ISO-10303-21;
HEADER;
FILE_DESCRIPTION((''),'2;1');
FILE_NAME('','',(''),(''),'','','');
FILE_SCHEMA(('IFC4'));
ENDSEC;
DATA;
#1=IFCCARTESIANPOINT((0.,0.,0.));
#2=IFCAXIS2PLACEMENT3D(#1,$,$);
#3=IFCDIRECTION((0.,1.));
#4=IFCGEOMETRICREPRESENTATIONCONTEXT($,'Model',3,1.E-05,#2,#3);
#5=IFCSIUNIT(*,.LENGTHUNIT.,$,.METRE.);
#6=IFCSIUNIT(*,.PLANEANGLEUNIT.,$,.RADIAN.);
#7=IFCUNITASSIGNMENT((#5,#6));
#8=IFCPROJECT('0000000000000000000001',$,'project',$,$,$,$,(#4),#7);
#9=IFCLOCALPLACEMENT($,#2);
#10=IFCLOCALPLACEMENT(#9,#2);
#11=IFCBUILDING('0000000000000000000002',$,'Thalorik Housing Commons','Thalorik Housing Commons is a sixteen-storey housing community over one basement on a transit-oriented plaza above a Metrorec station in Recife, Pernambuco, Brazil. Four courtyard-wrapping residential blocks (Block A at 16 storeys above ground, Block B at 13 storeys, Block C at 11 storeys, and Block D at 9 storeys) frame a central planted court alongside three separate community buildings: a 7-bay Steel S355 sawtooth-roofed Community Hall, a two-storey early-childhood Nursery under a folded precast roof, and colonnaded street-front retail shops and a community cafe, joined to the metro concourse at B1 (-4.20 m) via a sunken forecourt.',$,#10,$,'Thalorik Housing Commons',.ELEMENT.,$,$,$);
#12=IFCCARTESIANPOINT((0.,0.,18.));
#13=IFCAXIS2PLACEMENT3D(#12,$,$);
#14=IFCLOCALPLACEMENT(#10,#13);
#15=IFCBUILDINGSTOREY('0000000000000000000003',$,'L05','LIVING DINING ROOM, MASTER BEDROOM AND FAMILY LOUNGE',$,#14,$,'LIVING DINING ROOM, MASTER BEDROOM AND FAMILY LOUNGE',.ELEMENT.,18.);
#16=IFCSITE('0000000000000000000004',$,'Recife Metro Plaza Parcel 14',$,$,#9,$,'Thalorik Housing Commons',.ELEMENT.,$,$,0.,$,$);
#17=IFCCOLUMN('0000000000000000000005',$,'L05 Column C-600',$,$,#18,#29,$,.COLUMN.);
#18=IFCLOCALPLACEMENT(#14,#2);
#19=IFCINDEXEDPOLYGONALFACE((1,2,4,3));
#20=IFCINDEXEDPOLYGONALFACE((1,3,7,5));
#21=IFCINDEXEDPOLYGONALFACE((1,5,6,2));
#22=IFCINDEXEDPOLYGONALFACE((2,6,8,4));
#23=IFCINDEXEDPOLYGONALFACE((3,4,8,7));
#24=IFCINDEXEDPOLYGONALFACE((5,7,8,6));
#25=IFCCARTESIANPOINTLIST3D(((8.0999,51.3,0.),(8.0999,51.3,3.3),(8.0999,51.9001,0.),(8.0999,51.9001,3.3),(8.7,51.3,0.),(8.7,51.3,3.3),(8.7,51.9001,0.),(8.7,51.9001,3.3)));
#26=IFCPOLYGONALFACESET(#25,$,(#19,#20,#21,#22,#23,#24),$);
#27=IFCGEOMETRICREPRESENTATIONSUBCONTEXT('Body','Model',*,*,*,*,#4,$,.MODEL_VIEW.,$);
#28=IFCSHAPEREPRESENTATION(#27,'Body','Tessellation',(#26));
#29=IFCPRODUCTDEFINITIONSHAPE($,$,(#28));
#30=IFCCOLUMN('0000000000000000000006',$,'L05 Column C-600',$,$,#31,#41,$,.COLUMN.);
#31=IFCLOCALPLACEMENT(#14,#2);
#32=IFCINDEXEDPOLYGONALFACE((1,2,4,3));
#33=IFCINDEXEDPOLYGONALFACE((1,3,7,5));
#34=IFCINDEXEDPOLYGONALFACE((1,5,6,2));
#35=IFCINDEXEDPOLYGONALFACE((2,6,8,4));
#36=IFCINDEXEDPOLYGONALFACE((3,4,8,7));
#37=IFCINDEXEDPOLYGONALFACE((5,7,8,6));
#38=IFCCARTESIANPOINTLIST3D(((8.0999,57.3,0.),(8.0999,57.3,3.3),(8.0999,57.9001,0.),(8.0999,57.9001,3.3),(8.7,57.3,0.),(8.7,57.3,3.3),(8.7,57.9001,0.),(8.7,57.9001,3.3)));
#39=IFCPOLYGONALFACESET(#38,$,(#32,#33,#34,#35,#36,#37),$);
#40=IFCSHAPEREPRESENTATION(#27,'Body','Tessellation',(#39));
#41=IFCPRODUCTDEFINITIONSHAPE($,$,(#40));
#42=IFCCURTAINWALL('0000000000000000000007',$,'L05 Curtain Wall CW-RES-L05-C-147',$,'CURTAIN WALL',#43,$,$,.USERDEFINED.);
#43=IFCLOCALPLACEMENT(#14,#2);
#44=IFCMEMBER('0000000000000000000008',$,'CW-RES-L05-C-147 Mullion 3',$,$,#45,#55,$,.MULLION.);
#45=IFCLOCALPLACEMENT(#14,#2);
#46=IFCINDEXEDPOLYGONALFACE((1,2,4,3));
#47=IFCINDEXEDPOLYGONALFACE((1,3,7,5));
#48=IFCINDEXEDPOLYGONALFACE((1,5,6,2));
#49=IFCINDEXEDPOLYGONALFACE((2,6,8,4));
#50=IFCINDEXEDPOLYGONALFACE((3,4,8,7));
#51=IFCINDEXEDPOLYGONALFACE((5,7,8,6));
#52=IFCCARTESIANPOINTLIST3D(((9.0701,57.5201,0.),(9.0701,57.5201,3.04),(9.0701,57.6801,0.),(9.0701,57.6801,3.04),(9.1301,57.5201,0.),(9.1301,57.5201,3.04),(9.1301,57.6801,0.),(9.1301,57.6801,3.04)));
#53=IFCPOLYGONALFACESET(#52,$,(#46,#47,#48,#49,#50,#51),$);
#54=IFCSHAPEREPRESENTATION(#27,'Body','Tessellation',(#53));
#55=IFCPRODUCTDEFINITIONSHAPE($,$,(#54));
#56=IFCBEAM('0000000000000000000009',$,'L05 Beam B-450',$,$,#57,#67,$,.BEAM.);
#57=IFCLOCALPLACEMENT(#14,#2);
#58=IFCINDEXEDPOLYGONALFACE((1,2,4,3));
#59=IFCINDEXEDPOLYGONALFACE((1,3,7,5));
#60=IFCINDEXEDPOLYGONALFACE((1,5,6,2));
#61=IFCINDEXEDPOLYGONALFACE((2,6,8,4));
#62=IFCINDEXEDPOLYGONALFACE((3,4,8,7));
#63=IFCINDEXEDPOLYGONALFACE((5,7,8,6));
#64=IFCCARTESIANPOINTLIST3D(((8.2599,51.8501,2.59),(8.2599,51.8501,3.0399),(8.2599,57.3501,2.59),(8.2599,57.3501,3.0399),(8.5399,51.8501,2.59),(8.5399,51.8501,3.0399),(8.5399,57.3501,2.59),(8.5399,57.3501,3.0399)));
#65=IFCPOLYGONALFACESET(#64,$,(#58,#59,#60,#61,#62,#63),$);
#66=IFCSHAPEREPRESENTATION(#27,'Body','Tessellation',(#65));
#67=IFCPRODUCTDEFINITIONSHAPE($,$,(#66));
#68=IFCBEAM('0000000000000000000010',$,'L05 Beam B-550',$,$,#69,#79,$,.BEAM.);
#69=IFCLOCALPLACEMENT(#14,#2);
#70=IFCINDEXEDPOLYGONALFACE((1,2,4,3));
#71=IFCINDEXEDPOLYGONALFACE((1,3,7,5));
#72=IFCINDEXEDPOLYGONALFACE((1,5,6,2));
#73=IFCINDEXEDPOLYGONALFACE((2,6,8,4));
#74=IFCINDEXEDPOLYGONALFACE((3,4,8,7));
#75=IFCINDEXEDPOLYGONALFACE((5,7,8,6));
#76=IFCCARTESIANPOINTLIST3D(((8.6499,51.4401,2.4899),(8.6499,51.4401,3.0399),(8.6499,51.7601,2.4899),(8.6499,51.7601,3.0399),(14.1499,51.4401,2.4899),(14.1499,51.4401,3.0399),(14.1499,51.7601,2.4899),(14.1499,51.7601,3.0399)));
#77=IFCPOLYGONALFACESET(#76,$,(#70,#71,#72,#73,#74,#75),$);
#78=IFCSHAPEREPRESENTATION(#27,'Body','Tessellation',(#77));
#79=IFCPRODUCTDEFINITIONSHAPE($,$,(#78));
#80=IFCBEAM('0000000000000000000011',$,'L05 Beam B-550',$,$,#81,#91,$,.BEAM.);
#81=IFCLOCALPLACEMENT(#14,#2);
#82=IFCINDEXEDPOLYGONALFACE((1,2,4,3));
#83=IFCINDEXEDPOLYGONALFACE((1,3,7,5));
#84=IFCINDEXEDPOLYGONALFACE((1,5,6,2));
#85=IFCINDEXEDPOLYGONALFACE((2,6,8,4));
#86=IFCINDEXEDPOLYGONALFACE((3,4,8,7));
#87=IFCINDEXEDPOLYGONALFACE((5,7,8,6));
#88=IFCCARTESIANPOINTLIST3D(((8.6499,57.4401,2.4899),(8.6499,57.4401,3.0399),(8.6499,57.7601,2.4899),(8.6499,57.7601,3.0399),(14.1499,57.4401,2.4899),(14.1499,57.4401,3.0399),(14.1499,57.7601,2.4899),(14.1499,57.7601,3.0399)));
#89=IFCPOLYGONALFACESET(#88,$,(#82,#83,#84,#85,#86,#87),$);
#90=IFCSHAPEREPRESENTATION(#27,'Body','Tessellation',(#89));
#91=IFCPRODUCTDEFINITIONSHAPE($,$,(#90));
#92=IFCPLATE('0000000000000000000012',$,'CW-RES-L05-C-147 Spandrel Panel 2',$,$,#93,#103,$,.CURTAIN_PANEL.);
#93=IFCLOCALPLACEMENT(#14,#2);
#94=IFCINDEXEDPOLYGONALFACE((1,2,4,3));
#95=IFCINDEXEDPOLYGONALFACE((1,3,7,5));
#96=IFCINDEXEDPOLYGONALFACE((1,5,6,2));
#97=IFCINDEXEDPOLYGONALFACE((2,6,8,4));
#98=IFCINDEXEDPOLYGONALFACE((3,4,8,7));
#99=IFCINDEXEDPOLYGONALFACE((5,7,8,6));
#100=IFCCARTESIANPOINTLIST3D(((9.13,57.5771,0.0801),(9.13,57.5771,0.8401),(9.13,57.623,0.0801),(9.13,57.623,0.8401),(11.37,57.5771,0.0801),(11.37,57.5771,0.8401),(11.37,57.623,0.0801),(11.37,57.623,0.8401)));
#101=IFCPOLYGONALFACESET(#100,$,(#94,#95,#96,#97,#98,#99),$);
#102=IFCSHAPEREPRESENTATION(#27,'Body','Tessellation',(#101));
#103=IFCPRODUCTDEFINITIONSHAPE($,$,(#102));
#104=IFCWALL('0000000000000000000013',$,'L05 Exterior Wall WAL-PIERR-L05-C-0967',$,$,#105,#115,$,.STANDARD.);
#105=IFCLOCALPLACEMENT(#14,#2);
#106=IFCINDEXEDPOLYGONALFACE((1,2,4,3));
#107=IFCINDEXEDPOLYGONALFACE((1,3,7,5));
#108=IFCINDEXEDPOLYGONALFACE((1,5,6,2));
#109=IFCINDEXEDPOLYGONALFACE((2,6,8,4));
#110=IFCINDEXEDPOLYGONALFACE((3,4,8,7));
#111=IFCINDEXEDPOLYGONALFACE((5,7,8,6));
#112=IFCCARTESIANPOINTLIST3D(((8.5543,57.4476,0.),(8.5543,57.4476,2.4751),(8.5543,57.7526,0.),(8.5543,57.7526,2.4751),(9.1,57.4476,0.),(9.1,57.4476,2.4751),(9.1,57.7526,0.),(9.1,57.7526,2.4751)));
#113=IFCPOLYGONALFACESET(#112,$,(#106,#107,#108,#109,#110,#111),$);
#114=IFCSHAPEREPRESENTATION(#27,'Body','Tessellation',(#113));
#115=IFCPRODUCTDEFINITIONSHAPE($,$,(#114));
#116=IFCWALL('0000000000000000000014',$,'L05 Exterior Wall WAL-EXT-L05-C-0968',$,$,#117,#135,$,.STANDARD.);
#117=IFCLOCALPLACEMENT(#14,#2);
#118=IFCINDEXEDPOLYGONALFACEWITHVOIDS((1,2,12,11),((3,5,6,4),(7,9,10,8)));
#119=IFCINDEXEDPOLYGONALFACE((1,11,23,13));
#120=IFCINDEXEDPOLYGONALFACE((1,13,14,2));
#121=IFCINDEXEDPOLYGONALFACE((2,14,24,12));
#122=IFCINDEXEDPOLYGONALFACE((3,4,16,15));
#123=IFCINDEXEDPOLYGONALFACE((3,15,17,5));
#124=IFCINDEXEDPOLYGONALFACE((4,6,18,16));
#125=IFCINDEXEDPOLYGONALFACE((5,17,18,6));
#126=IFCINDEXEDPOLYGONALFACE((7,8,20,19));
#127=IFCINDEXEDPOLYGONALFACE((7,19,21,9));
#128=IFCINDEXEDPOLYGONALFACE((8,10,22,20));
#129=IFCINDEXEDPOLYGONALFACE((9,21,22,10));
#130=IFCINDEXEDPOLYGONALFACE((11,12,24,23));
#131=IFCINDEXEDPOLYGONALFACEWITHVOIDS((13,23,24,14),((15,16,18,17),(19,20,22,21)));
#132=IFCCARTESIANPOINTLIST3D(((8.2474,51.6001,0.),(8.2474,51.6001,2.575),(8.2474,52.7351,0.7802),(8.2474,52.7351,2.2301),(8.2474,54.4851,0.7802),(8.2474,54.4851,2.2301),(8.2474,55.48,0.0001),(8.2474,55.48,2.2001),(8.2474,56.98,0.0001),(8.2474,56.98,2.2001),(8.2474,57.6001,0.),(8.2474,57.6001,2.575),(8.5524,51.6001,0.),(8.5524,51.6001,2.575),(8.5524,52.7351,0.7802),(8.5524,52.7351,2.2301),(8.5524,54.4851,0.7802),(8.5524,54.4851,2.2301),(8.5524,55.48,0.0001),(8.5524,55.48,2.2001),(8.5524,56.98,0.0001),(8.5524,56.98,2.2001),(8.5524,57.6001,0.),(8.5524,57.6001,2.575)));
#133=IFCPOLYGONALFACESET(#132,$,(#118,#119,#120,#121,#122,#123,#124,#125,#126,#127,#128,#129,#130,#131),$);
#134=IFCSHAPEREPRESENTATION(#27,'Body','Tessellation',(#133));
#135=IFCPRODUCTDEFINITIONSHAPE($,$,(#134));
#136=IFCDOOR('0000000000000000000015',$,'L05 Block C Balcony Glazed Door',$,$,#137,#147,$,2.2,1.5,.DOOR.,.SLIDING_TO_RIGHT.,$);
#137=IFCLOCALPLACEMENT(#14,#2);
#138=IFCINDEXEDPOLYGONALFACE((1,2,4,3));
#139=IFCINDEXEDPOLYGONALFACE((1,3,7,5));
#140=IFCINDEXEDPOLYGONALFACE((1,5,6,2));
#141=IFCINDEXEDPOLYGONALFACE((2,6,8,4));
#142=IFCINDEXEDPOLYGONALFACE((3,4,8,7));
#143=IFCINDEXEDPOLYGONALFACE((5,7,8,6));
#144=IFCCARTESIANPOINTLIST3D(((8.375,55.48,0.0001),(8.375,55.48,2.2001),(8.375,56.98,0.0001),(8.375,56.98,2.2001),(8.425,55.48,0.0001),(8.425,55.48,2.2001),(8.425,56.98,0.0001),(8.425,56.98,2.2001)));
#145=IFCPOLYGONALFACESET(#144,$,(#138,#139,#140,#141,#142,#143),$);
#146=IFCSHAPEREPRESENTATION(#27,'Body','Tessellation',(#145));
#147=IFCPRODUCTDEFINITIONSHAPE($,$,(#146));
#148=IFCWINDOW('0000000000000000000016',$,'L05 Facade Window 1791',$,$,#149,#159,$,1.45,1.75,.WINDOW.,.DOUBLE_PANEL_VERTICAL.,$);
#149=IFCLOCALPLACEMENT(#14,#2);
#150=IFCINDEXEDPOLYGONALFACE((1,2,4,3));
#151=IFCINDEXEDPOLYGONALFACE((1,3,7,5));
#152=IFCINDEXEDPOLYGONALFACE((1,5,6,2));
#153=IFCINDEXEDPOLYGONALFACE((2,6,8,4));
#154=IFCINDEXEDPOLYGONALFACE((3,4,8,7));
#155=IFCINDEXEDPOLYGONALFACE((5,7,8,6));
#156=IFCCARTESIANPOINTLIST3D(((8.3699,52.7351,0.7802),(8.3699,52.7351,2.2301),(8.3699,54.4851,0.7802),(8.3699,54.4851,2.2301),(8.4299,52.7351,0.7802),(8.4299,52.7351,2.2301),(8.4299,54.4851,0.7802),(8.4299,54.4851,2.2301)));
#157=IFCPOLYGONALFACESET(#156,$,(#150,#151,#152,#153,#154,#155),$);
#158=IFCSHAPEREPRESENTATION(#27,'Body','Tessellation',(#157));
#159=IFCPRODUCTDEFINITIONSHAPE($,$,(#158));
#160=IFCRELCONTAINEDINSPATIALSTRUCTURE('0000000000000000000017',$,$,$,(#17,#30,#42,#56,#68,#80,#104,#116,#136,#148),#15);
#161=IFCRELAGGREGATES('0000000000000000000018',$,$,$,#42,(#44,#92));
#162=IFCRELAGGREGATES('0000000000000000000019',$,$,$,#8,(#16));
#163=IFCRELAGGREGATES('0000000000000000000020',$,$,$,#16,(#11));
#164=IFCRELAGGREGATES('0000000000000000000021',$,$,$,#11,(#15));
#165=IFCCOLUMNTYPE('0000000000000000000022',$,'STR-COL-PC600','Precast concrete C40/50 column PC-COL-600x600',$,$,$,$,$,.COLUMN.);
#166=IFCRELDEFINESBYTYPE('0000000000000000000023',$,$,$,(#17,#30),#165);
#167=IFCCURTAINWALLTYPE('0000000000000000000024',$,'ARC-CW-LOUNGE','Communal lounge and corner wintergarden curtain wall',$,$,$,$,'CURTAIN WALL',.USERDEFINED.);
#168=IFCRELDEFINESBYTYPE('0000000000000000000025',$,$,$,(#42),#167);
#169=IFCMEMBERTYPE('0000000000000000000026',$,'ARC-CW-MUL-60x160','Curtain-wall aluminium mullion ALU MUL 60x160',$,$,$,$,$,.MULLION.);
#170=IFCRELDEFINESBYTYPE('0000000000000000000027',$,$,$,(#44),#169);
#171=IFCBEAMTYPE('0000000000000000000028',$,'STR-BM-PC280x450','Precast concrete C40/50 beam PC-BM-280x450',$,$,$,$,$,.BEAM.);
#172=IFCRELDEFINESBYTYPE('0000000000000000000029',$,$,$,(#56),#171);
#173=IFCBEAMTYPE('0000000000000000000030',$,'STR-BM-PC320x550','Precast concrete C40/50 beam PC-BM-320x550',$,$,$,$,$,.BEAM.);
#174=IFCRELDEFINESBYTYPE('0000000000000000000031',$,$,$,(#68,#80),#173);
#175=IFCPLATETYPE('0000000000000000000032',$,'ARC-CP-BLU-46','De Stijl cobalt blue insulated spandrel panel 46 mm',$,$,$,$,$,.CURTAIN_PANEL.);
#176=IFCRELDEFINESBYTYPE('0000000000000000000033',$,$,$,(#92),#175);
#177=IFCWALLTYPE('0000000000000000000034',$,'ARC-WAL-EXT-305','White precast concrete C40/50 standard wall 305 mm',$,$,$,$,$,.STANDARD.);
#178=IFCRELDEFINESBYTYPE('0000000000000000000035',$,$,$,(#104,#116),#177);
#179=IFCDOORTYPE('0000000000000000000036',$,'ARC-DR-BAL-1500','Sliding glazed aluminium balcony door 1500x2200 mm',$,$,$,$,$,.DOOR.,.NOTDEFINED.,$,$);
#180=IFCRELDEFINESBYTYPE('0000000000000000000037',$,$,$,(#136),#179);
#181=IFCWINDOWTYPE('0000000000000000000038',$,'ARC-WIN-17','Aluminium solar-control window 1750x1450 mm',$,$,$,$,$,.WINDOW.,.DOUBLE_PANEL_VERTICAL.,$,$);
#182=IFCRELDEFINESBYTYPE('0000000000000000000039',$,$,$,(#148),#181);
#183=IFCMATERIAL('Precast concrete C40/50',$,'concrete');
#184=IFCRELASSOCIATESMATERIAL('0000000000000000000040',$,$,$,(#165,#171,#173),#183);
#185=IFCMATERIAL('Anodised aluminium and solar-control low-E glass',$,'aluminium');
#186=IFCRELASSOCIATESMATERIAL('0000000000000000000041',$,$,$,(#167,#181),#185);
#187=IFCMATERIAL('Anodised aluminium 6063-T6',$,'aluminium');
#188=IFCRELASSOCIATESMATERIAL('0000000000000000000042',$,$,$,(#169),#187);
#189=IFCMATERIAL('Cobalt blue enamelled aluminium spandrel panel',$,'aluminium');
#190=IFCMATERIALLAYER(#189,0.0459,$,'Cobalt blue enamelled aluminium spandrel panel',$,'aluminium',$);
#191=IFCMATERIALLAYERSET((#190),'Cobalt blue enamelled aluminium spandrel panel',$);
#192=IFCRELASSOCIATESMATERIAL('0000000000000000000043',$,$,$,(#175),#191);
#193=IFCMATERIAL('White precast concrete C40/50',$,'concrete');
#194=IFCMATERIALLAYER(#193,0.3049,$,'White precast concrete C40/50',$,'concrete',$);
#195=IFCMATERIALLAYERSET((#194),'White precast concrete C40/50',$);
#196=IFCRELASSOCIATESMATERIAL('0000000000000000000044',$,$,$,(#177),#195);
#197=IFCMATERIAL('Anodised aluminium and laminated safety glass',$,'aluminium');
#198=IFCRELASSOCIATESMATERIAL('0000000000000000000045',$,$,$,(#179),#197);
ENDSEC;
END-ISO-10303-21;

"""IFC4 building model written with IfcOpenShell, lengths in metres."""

from ifc_helpers import new_model, si_unit, direction, frame, frame_2d, origin, origin_2d, place, context, subcontext, project, spatial, rectangle, extrude, material, layer, layer_set, material_profile, profile_set, type_object, element, fill, aggregate, save


model = new_model("IFC4")

# Units and contexts
model_context = context("Model", 3, precision=1e-05, world=origin(), true_north=direction((0.0, 1.0)))
body_context = subcontext(model_context, "Body", "Model", "MODEL_VIEW")
ifc_project = project(units=[si_unit("LENGTHUNIT", "METRE"), si_unit("PLANEANGLEUNIT", "RADIAN")], contexts=[model_context])

# Site, building, storey
site_placement = place(None, origin())
site = spatial("IfcSite", under=ifc_project, at=site_placement, Name="Recife Metro Plaza Parcel 14", LongName="Thalorik Housing Commons", CompositionType="ELEMENT", RefElevation=0.0)
building_placement = place(site_placement, origin())
building = spatial("IfcBuilding", under=site, at=building_placement, Name="Thalorik Housing Commons", Description="Thalorik Housing Commons is a sixteen-storey housing community over one basement on a transit-oriented plaza above a Metrorec station in Recife, Pernambuco, Brazil. Four courtyard-wrapping residential blocks (Block A at 16 storeys above ground, Block B at 13 storeys, Block C at 11 storeys, and Block D at 9 storeys) frame a central planted court alongside three separate community buildings: a 7-bay Steel S355 sawtooth-roofed Community Hall, a two-storey early-childhood Nursery under a folded precast roof, and colonnaded street-front retail shops and a community cafe, joined to the metro concourse at B1 (-4.20 m) via a sunken forecourt.", LongName="Thalorik Housing Commons", CompositionType="ELEMENT")
storey_placement = place(building_placement, frame((0.0, 0.0, 18.0)))
storey = spatial("IfcBuildingStorey", under=building, at=storey_placement, Name="L05", Description="LIVING DINING ROOM, MASTER BEDROOM AND FAMILY LOUNGE", LongName="LIVING DINING ROOM, MASTER BEDROOM AND FAMILY LOUNGE", CompositionType="ELEMENT", Elevation=18.0)

# Columns
ifc_material_1 = material(Name="Precast concrete C40/50", Category="concrete")
ifc_material_profile_1 = material_profile(ifc_material_1, rectangle(XDim=0.6001, YDim=0.6001, at=origin_2d()), Name="PC 600x600", Category="concrete")
ifc_profile_set_1 = profile_set([ifc_material_profile_1], Name="Precast concrete C40/50")
column_type = type_object("IfcColumnType", Name="STR-COL-PC600", Description="Precast concrete C40/50 column PC-COL-600x600", PredefinedType="COLUMN", material=ifc_profile_set_1)
for number, where, z_axis, x_axis, name in (
    (1, (8.3999, 51.6001, 0.0), (0.0, 0.0, 1.0), (1.0, 0.0, 0.0), "L05 Column C-600"),
    (2, (8.3999, 57.6001, 0.0), (0.0, 0.0, 1.0), (1.0, 0.0, 0.0), "L05 Column C-600"),
):
    element("IfcColumn", number, at=place(storey_placement, frame(where, z_axis=z_axis, x_axis=x_axis)), inside=storey, type_object=column_type, Name=name, PredefinedType="COLUMN", context=body_context, shape_type="SweptSolid", body=[
        extrude(rectangle(XDim=0.6001, YDim=0.6001, at=origin_2d()), origin(), (0.0, 0.0, 1.0), 3.3),
    ])

# Curtain wall, member
ifc_material_2 = material(Name="Anodised aluminium and solar-control low-E glass", Category="aluminium")
curtain_wall_type = type_object("IfcCurtainWallType", Name="ARC-CW-LOUNGE", Description="Communal lounge and corner wintergarden curtain wall", ElementType="CURTAIN WALL", PredefinedType="USERDEFINED", material=ifc_material_2)
curtain_wall_placement = place(storey_placement, origin())
curtain_wall = element("IfcCurtainWall", 3, at=curtain_wall_placement, inside=storey, type_object=curtain_wall_type, Name="L05 Curtain Wall CW-RES-L05-C-147", ObjectType="CURTAIN WALL", PredefinedType="USERDEFINED")
ifc_material_3 = material(Name="Anodised aluminium 6063-T6", Category="aluminium")
ifc_material_profile_2 = material_profile(ifc_material_3, rectangle(XDim=0.0601, YDim=0.1599, at=origin_2d()), Name="ALU MUL 60x160", Category="aluminium")
ifc_profile_set_2 = profile_set([ifc_material_profile_2], Name="Anodised aluminium 6063-T6")
member_type = type_object("IfcMemberType", Name="ARC-CW-MUL-60x160", Description="Curtain-wall aluminium mullion ALU MUL 60x160", PredefinedType="MULLION", material=ifc_profile_set_2)
member_placement = place(storey_placement, frame((9.1001, 57.6001, 0.0), z_axis=(0.0, 0.0, 1.0), x_axis=(-1.0, 0.0, 0.0)))
member = element("IfcMember", 4, at=member_placement, type_object=member_type, Name="CW-RES-L05-C-147 Mullion 3", PredefinedType="MULLION", context=body_context, shape_type="SweptSolid", body=[
    extrude(rectangle(XDim=0.0601, YDim=0.1599, at=origin_2d()), origin(), (0.0, 0.0, 1.0), 3.04),
])

# Beams
ifc_material_profile_3 = material_profile(ifc_material_1, rectangle(XDim=0.28, YDim=0.45, at=origin_2d()), Name="PC 280x450", Category="concrete")
ifc_profile_set_3 = profile_set([ifc_material_profile_3], Name="Precast concrete C40/50")
beam_type_1 = type_object("IfcBeamType", Name="STR-BM-PC280x450", Description="Precast concrete C40/50 beam PC-BM-280x450", PredefinedType="BEAM", material=ifc_profile_set_3)
beam_placement = place(storey_placement, frame((8.3999, 51.8501, 2.8149), z_axis=(0.0, 1.0, 0.0), x_axis=(-1.0, 0.0, 0.0)))
element("IfcBeam", 5, at=beam_placement, inside=storey, type_object=beam_type_1, Name="L05 Beam B-450", PredefinedType="BEAM", context=body_context, shape_type="SweptSolid", body=[
    extrude(rectangle(XDim=0.28, YDim=0.45, at=origin_2d()), origin(), (0.0, 0.0, 1.0), 5.5),
])
ifc_material_profile_4 = material_profile(ifc_material_1, rectangle(XDim=0.3201, YDim=0.55, at=origin_2d()), Name="PC 320x550", Category="concrete")
ifc_profile_set_4 = profile_set([ifc_material_profile_4], Name="Precast concrete C40/50")
beam_type_2 = type_object("IfcBeamType", Name="STR-BM-PC320x550", Description="Precast concrete C40/50 beam PC-BM-320x550", PredefinedType="BEAM", material=ifc_profile_set_4)
for number, where, z_axis, x_axis, name in (
    (6, (8.6499, 51.6001, 2.7649), (1.0, 0.0, 0.0), (0.0, 1.0, 0.0), "L05 Beam B-550"),
    (7, (8.6499, 57.6001, 2.7649), (1.0, 0.0, 0.0), (0.0, 1.0, 0.0), "L05 Beam B-550"),
):
    element("IfcBeam", number, at=place(storey_placement, frame(where, z_axis=z_axis, x_axis=x_axis)), inside=storey, type_object=beam_type_2, Name=name, PredefinedType="BEAM", context=body_context, shape_type="SweptSolid", body=[
        extrude(rectangle(XDim=0.3201, YDim=0.55, at=origin_2d()), origin(), (0.0, 0.0, 1.0), 5.5),
    ])

# Plate
ifc_material_4 = material(Name="Cobalt blue enamelled aluminium spandrel panel", Category="aluminium")
ifc_layer_1 = layer(ifc_material_4, 0.0459, Name="Cobalt blue enamelled aluminium spandrel panel", Category="aluminium")
ifc_layer_set_1 = layer_set([ifc_layer_1], Name="Cobalt blue enamelled aluminium spandrel panel")
plate_type = type_object("IfcPlateType", Name="ARC-CP-BLU-46", Description="De Stijl cobalt blue insulated spandrel panel 46 mm", PredefinedType="CURTAIN_PANEL", material=ifc_layer_set_1)
plate_placement = place(storey_placement, frame((10.25, 57.6001, 0.0801), z_axis=(0.0, 0.0, 1.0), x_axis=(-1.0, 0.0, 0.0)))
plate = element("IfcPlate", 8, at=plate_placement, type_object=plate_type, Name="CW-RES-L05-C-147 Spandrel Panel 2", PredefinedType="CURTAIN_PANEL", context=body_context, shape_type="SweptSolid", body=[
    extrude(rectangle(XDim=2.24, YDim=0.0459, at=origin_2d()), origin(), (0.0, 0.0, 1.0), 0.76),
])
aggregate(curtain_wall, [member, plate])

# Wall
ifc_material_5 = material(Name="White precast concrete C40/50", Category="concrete")
ifc_layer_2 = layer(ifc_material_5, 0.3049, Name="White precast concrete C40/50", Category="concrete")
ifc_layer_set_2 = layer_set([ifc_layer_2], Name="White precast concrete C40/50")
wall_type = type_object("IfcWallType", Name="ARC-WAL-EXT-305", Description="White precast concrete C40/50 standard wall 305 mm", PredefinedType="STANDARD", material=ifc_layer_set_2)
wall_1_placement = place(storey_placement, frame((9.1001, 57.6001, 0.0), z_axis=(0.0, 0.0, 1.0), x_axis=(-1.0, 0.0, 0.0)))
element("IfcWall", 9, at=wall_1_placement, inside=storey, type_object=wall_type, Name="L05 Exterior Wall WAL-PIERR-L05-C-0967", PredefinedType="STANDARD", context=body_context, shape_type="SweptSolid", body=[
    extrude(rectangle(XDim=0.5457, YDim=0.3049, at=frame_2d((0.2729, 0.0))), origin(), (0.0, 0.0, 1.0), 2.4751),
])

# Wall, openings, door, window
wall_2_placement = place(storey_placement, frame((8.3999, 57.6001, 0.0), z_axis=(0.0, 0.0, 1.0), x_axis=(0.0, -1.0, 0.0)))
wall_2 = element("IfcWall", 10, at=wall_2_placement, inside=storey, type_object=wall_type, Name="L05 Exterior Wall WAL-EXT-L05-C-0968", PredefinedType="STANDARD", context=body_context, shape_type="SweptSolid", body=[
    extrude(rectangle(XDim=6.0, YDim=0.3049, at=frame_2d((3.0, 0.0))), origin(), (0.0, 0.0, 1.0), 2.575),
])
opening_1_placement = place(wall_2_placement, frame((0.6201, 0.0, 0.0)))
opening_1 = element("IfcOpeningElement", 11, at=opening_1_placement, cuts=wall_2, PredefinedType="OPENING", context=body_context, shape_type="SweptSolid", body=[
    extrude(rectangle(XDim=1.5, YDim=2.2, at=frame_2d((0.75, 1.1001))), frame((0.0, 0.1626, 0.0), z_axis=(0.0, -1.0, 0.0), x_axis=(1.0, 0.0, 0.0)), (0.0, 0.0, 1.0), 0.325),
])
opening_2_placement = place(wall_2_placement, frame((3.115, 0.0, 0.78)))
opening_2 = element("IfcOpeningElement", 12, at=opening_2_placement, cuts=wall_2, PredefinedType="OPENING", context=body_context, shape_type="SweptSolid", body=[
    extrude(rectangle(XDim=1.75, YDim=1.45, at=frame_2d((0.875, 0.7251))), frame((0.0, 0.1626, 0.0), z_axis=(0.0, -1.0, 0.0), x_axis=(1.0, 0.0, 0.0)), (0.0, 0.0, 1.0), 0.325),
])
ifc_material_6 = material(Name="Anodised aluminium and laminated safety glass", Category="aluminium")
door_type_1 = type_object("IfcDoorType", Name="ARC-DR-BAL-1500", Description="Sliding glazed aluminium balcony door 1500x2200 mm", OperationType="NOTDEFINED", PredefinedType="DOOR", material=ifc_material_6)
door_1_placement = place(opening_1_placement, frame((1.5, 0.0, 0.0), z_axis=(0.0, 0.0, 1.0), x_axis=(-1.0, 0.0, 0.0)))
door_1 = element("IfcDoor", 13, at=door_1_placement, inside=storey, type_object=door_type_1, Name="L05 Block C Balcony Glazed Door", OperationType="SLIDING_TO_RIGHT", OverallHeight=2.2, OverallWidth=1.5, PredefinedType="DOOR", context=body_context, shape_type="SweptSolid", body=[
    extrude(rectangle(XDim=1.5, YDim=2.2, at=frame_2d((0.75, 1.1001))), frame((0.0, 0.0249, 0.0), z_axis=(0.0, -1.0, 0.0), x_axis=(1.0, 0.0, 0.0)), (0.0, 0.0, 1.0), 0.05),
])
fill(opening_1, door_1)
window_type_1 = type_object("IfcWindowType", Name="ARC-WIN-17", Description="Aluminium solar-control window 1750x1450 mm", PartitioningType="DOUBLE_PANEL_VERTICAL", PredefinedType="WINDOW", material=ifc_material_2)
window_1_placement = place(opening_2_placement, origin())
window_1 = element("IfcWindow", 14, at=window_1_placement, inside=storey, type_object=window_type_1, Name="L05 Facade Window 1791", OverallHeight=1.45, OverallWidth=1.75, PartitioningType="DOUBLE_PANEL_VERTICAL", PredefinedType="WINDOW", context=body_context, shape_type="SweptSolid", body=[
    extrude(rectangle(XDim=1.75, YDim=1.45, at=frame_2d((0.875, 0.7251))), frame((0.0, 0.03, 0.0), z_axis=(0.0, -1.0, 0.0), x_axis=(1.0, 0.0, 0.0)), (0.0, 0.0, 1.0), 0.0601),
])
fill(opening_2, window_1)

save(model, "model.ifc")
